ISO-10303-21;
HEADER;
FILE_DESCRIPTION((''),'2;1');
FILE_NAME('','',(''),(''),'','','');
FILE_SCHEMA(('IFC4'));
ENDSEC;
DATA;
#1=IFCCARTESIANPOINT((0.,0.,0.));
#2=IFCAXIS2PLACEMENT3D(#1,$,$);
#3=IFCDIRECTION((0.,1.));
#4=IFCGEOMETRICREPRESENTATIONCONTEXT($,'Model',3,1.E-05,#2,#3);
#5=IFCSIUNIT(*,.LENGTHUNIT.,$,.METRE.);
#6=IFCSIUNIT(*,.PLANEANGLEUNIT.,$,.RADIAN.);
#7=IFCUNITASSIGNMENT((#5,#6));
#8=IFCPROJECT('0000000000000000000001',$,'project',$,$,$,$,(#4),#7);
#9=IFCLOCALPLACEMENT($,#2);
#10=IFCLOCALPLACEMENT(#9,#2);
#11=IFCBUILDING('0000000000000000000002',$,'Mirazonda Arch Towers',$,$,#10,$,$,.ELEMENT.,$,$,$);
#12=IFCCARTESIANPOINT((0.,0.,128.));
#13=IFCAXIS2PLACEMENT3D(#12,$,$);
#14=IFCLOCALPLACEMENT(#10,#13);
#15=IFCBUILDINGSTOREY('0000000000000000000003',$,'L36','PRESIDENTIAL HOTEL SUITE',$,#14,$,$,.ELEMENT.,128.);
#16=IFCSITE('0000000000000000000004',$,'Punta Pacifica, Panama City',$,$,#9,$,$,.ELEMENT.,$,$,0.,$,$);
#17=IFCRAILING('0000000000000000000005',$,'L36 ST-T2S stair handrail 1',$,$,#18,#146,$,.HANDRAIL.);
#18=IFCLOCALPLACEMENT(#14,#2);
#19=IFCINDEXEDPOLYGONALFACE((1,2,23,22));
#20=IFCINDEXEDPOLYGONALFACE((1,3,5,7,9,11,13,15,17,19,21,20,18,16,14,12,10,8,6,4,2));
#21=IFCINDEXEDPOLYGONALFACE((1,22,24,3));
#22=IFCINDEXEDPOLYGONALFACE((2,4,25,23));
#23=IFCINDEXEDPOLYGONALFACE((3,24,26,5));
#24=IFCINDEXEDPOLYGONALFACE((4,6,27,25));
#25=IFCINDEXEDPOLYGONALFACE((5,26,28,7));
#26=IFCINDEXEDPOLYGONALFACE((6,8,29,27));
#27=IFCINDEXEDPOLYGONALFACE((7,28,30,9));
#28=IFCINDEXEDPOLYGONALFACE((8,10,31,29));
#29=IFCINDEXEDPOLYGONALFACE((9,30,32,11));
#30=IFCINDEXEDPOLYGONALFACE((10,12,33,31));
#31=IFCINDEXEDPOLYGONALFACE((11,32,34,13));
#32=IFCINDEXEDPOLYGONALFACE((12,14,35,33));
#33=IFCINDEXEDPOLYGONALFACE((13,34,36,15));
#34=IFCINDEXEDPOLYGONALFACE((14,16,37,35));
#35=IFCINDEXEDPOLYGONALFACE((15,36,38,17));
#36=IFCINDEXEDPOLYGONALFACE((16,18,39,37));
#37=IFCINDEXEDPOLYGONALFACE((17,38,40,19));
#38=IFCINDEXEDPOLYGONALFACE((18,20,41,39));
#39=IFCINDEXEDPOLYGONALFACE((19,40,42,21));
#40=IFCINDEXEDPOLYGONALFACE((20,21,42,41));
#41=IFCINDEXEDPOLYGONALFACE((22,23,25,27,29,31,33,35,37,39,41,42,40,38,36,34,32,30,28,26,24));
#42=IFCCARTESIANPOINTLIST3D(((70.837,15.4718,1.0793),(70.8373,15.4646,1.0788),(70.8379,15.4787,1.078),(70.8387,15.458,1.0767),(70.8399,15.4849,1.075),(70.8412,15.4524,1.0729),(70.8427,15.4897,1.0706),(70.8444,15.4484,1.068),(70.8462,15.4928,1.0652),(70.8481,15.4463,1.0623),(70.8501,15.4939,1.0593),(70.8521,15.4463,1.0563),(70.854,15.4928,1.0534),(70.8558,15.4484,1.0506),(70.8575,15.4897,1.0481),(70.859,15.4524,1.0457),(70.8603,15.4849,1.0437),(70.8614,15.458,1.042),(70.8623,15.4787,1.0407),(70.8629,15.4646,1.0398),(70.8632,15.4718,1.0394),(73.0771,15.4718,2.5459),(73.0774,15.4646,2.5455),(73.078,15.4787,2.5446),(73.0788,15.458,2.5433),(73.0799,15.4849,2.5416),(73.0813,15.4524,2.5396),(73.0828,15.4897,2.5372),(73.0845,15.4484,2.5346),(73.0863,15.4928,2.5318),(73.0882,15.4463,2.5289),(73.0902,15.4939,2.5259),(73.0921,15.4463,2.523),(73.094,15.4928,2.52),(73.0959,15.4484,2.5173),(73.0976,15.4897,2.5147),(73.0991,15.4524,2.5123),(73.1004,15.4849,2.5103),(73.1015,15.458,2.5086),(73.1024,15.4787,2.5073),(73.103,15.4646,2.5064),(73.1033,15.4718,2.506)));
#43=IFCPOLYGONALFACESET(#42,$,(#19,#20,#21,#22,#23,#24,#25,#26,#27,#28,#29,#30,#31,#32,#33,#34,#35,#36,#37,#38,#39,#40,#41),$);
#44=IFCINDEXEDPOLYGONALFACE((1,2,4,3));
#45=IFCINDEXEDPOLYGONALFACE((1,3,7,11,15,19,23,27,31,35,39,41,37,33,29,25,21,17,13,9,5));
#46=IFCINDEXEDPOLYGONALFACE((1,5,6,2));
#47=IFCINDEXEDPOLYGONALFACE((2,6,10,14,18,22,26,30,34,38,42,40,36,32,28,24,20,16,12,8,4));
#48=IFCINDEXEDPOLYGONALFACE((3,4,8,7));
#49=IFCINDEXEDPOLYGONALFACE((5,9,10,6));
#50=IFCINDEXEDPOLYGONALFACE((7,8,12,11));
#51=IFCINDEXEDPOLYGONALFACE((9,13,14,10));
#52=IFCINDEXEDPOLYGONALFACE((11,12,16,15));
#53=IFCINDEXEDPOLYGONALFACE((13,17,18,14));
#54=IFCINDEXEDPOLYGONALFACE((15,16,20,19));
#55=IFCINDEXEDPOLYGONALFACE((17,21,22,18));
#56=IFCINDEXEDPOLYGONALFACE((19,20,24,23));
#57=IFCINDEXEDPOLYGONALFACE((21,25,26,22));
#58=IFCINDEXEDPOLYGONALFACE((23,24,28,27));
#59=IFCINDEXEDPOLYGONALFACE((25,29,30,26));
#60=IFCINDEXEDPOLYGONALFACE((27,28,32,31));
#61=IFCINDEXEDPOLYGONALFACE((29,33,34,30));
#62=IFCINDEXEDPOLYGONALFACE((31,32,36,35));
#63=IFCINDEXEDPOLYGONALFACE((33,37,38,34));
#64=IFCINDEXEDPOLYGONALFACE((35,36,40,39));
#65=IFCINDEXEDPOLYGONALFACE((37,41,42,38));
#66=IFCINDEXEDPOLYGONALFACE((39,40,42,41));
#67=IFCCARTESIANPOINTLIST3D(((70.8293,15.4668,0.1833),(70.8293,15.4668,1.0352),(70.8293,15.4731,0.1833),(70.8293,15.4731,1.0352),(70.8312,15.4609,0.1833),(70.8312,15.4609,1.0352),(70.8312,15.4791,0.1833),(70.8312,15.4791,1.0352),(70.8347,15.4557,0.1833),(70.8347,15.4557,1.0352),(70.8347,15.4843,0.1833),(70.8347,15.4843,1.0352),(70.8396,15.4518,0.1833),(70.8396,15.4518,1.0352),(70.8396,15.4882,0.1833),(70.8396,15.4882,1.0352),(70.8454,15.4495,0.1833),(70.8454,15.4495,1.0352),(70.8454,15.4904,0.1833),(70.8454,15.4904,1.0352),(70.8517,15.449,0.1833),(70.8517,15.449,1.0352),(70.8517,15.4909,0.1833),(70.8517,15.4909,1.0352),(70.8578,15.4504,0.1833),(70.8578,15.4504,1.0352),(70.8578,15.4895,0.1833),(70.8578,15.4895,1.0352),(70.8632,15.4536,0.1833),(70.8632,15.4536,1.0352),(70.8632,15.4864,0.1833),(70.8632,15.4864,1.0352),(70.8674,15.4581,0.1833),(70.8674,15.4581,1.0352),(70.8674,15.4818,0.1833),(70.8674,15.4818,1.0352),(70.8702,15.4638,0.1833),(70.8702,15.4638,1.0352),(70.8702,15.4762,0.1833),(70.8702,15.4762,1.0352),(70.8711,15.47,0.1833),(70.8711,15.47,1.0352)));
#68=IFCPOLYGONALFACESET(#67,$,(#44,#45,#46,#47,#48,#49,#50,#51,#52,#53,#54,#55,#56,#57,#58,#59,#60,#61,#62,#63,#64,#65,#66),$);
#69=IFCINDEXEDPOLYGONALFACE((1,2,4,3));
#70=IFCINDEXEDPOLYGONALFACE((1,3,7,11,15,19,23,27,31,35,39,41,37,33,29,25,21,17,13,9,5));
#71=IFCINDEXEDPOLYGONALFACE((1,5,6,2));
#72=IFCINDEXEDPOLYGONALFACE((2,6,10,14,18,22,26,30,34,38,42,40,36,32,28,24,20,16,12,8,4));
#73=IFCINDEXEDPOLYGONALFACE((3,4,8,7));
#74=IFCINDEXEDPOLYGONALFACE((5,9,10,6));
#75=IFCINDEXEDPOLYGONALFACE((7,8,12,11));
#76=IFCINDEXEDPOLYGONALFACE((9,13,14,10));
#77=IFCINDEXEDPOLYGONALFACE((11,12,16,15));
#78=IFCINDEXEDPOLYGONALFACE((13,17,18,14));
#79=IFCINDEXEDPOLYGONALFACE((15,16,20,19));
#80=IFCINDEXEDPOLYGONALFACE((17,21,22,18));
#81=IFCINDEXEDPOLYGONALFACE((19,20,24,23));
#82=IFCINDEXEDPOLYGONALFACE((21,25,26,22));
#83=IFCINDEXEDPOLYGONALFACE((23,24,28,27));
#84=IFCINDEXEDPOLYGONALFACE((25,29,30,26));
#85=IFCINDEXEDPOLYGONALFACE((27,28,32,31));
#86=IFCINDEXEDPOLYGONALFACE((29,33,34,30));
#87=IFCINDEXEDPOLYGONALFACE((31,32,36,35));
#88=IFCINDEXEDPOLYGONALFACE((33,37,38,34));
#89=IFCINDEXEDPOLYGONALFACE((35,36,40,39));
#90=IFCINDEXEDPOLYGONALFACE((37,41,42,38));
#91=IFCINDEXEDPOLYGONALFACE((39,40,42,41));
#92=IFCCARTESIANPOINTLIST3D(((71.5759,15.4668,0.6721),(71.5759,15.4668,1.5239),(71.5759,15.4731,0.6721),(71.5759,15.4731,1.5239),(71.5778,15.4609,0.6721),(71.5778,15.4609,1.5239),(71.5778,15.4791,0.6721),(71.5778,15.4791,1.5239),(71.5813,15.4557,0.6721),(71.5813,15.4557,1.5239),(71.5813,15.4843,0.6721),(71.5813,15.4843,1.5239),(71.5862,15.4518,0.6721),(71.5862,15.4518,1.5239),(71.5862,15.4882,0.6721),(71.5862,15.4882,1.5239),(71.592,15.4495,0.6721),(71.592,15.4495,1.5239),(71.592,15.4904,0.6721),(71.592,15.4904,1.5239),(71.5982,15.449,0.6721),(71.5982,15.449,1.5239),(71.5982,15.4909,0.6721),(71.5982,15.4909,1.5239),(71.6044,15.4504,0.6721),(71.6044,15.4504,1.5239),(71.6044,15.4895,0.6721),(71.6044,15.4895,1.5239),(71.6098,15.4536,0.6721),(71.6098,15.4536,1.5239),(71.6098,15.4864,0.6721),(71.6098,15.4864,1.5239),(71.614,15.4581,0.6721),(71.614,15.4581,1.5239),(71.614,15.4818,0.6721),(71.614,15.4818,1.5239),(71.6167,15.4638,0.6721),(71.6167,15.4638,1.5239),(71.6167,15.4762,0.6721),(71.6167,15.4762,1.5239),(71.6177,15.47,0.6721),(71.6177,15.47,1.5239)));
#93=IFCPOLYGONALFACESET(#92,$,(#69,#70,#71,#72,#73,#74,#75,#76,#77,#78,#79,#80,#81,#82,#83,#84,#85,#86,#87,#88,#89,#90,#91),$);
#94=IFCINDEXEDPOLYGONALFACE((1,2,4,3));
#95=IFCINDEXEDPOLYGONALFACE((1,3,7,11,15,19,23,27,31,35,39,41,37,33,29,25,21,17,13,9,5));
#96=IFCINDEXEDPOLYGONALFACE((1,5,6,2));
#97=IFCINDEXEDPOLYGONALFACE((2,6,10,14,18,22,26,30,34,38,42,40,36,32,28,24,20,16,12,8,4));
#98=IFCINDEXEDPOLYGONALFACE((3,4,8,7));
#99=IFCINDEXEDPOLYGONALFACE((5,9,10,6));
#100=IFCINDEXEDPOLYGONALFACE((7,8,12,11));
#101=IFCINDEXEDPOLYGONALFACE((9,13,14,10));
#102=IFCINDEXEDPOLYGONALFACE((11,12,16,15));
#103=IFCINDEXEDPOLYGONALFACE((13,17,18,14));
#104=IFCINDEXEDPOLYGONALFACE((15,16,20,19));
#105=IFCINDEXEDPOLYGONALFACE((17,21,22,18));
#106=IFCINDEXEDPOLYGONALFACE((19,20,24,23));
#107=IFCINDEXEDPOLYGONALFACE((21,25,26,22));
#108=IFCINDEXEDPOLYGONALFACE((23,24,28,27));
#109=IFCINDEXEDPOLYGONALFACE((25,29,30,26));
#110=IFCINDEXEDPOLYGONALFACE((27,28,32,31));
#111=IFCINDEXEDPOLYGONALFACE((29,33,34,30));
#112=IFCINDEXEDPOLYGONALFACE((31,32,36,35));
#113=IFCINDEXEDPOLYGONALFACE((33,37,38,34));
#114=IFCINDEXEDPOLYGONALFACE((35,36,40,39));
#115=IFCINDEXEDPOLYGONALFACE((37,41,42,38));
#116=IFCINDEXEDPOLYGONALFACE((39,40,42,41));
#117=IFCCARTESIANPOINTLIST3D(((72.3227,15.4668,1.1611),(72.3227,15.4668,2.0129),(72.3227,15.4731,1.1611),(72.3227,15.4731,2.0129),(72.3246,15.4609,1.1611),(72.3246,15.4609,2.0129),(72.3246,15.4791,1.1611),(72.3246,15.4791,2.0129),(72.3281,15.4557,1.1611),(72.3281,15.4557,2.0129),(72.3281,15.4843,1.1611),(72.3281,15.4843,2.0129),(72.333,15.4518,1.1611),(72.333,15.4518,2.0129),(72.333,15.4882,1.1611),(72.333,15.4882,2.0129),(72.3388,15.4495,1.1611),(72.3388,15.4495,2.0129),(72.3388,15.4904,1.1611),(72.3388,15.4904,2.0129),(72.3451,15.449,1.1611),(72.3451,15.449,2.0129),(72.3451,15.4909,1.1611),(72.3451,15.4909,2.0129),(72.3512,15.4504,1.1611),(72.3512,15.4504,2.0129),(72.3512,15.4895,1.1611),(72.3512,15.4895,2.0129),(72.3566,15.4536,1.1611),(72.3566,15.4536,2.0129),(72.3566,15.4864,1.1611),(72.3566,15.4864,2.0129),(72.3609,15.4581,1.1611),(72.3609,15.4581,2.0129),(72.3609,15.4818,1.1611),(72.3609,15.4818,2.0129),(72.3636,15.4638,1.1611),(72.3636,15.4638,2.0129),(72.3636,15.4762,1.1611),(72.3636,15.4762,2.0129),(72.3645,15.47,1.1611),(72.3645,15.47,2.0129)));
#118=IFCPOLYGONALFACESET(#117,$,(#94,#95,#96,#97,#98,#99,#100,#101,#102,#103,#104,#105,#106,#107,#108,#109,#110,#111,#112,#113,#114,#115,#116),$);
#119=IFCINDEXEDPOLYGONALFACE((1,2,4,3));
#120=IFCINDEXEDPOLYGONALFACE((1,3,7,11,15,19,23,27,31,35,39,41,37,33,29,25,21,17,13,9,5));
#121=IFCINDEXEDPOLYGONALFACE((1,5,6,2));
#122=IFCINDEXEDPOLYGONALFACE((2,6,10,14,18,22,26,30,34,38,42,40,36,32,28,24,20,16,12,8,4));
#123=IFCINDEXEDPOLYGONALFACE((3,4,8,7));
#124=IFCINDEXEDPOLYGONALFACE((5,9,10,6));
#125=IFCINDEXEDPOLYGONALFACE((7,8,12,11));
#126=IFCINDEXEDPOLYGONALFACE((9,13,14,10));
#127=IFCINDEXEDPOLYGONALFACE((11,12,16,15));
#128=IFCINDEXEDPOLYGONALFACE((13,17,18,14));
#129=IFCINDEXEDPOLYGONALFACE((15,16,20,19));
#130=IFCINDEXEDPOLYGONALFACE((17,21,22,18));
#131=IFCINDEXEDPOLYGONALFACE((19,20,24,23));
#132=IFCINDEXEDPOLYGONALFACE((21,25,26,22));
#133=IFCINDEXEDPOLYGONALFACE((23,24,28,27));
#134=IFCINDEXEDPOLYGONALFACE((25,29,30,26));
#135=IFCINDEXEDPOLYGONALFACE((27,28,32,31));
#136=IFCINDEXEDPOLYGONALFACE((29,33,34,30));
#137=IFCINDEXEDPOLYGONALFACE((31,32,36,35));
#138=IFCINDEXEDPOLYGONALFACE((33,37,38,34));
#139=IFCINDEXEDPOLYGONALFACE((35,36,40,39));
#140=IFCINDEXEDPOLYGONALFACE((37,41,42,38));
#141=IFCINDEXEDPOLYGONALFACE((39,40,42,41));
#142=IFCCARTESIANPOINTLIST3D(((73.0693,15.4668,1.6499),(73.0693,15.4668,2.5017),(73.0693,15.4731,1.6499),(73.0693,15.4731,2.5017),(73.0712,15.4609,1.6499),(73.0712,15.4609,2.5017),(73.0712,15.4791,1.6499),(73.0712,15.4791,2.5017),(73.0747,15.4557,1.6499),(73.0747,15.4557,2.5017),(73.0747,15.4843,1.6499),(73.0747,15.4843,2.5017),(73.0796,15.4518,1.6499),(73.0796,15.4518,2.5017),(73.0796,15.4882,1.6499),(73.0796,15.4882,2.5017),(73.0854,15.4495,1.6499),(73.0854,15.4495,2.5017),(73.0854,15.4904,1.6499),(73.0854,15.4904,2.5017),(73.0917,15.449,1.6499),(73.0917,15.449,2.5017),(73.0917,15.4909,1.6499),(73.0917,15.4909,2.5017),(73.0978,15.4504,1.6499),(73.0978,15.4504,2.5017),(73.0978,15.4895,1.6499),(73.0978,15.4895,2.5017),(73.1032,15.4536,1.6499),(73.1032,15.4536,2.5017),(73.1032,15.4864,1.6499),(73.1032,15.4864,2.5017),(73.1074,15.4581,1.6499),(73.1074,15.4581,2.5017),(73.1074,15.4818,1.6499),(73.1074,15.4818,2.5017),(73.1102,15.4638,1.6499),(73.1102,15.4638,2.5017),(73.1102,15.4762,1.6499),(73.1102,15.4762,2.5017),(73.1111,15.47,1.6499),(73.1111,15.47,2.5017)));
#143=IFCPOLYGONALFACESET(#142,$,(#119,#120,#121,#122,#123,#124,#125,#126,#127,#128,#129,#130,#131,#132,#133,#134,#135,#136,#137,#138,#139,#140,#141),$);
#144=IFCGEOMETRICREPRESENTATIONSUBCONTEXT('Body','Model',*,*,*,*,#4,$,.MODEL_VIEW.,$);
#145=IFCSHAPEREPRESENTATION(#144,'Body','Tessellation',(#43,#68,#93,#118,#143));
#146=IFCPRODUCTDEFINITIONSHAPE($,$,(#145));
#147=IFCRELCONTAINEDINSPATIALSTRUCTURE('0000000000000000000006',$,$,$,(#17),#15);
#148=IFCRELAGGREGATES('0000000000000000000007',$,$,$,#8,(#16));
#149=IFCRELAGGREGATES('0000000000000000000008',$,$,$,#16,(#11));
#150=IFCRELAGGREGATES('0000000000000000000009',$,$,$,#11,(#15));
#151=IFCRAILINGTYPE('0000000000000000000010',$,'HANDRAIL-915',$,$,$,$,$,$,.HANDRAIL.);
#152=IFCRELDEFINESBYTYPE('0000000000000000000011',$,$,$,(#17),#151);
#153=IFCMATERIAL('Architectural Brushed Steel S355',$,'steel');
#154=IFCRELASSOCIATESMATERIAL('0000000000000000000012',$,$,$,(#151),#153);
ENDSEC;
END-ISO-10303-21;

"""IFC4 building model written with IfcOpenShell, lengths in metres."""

from ifc_helpers import new_model, si_unit, direction, frame, origin, origin_2d, place, context, subcontext, project, spatial, circle, extrude, material, type_object, element, save


model = new_model("IFC4")

# Units and contexts
model_context = context("Model", 3, precision=1e-05, world=origin(), true_north=direction((0.0, 1.0)))
body_context = subcontext(model_context, "Body", "Model", "MODEL_VIEW")
ifc_project = project(units=[si_unit("LENGTHUNIT", "METRE"), si_unit("PLANEANGLEUNIT", "RADIAN")], contexts=[model_context])

# Site, building, storey
site_placement = place(None, origin())
site = spatial("IfcSite", under=ifc_project, at=site_placement, Name="Punta Pacifica, Panama City", CompositionType="ELEMENT", RefElevation=0.0)
building_placement = place(site_placement, origin())
building = spatial("IfcBuilding", under=site, at=building_placement, Name="Mirazonda Arch Towers", CompositionType="ELEMENT")
storey_placement = place(building_placement, frame((0.0, 0.0, 128.0)))
storey = spatial("IfcBuildingStorey", under=building, at=storey_placement, Name="L36", Description="PRESIDENTIAL HOTEL SUITE", CompositionType="ELEMENT", Elevation=128.0)

# Railing
ifc_material_1 = material(Name="Architectural Brushed Steel S355", Category="steel")
railing_type_1 = type_object("IfcRailingType", Name="HANDRAIL-915", PredefinedType="HANDRAIL", material=ifc_material_1)
railing_1_placement = place(storey_placement, frame((70.8501, 15.47, 0.1833)))
element("IfcRailing", 1, at=railing_1_placement, inside=storey, type_object=railing_type_1, Name="L36 ST-T2S stair handrail 1", PredefinedType="HANDRAIL", context=body_context, shape_type="SweptSolid", body=[
    extrude(circle(Radius=0.0239, at=origin_2d()), frame((0.0, 0.0, 0.876), z_axis=(0.836637, 0.0, 0.547758), x_axis=(0.0, 1.0, 0.0)), (0.0, 0.0, 1.0), 2.6775),
    extrude(circle(Radius=0.021, at=origin_2d()), origin(), (0.0, 0.0, 1.0), 0.8518),
    extrude(circle(Radius=0.021, at=origin_2d()), frame((0.7466, 0.0, 0.4888)), (0.0, 0.0, 1.0), 0.8518),
    extrude(circle(Radius=0.021, at=origin_2d()), frame((1.4934, 0.0, 0.9778)), (0.0, 0.0, 1.0), 0.8518),
    extrude(circle(Radius=0.021, at=origin_2d()), frame((2.24, 0.0, 1.4666)), (0.0, 0.0, 1.0), 0.8518),
])

save(model, "model.ifc")
